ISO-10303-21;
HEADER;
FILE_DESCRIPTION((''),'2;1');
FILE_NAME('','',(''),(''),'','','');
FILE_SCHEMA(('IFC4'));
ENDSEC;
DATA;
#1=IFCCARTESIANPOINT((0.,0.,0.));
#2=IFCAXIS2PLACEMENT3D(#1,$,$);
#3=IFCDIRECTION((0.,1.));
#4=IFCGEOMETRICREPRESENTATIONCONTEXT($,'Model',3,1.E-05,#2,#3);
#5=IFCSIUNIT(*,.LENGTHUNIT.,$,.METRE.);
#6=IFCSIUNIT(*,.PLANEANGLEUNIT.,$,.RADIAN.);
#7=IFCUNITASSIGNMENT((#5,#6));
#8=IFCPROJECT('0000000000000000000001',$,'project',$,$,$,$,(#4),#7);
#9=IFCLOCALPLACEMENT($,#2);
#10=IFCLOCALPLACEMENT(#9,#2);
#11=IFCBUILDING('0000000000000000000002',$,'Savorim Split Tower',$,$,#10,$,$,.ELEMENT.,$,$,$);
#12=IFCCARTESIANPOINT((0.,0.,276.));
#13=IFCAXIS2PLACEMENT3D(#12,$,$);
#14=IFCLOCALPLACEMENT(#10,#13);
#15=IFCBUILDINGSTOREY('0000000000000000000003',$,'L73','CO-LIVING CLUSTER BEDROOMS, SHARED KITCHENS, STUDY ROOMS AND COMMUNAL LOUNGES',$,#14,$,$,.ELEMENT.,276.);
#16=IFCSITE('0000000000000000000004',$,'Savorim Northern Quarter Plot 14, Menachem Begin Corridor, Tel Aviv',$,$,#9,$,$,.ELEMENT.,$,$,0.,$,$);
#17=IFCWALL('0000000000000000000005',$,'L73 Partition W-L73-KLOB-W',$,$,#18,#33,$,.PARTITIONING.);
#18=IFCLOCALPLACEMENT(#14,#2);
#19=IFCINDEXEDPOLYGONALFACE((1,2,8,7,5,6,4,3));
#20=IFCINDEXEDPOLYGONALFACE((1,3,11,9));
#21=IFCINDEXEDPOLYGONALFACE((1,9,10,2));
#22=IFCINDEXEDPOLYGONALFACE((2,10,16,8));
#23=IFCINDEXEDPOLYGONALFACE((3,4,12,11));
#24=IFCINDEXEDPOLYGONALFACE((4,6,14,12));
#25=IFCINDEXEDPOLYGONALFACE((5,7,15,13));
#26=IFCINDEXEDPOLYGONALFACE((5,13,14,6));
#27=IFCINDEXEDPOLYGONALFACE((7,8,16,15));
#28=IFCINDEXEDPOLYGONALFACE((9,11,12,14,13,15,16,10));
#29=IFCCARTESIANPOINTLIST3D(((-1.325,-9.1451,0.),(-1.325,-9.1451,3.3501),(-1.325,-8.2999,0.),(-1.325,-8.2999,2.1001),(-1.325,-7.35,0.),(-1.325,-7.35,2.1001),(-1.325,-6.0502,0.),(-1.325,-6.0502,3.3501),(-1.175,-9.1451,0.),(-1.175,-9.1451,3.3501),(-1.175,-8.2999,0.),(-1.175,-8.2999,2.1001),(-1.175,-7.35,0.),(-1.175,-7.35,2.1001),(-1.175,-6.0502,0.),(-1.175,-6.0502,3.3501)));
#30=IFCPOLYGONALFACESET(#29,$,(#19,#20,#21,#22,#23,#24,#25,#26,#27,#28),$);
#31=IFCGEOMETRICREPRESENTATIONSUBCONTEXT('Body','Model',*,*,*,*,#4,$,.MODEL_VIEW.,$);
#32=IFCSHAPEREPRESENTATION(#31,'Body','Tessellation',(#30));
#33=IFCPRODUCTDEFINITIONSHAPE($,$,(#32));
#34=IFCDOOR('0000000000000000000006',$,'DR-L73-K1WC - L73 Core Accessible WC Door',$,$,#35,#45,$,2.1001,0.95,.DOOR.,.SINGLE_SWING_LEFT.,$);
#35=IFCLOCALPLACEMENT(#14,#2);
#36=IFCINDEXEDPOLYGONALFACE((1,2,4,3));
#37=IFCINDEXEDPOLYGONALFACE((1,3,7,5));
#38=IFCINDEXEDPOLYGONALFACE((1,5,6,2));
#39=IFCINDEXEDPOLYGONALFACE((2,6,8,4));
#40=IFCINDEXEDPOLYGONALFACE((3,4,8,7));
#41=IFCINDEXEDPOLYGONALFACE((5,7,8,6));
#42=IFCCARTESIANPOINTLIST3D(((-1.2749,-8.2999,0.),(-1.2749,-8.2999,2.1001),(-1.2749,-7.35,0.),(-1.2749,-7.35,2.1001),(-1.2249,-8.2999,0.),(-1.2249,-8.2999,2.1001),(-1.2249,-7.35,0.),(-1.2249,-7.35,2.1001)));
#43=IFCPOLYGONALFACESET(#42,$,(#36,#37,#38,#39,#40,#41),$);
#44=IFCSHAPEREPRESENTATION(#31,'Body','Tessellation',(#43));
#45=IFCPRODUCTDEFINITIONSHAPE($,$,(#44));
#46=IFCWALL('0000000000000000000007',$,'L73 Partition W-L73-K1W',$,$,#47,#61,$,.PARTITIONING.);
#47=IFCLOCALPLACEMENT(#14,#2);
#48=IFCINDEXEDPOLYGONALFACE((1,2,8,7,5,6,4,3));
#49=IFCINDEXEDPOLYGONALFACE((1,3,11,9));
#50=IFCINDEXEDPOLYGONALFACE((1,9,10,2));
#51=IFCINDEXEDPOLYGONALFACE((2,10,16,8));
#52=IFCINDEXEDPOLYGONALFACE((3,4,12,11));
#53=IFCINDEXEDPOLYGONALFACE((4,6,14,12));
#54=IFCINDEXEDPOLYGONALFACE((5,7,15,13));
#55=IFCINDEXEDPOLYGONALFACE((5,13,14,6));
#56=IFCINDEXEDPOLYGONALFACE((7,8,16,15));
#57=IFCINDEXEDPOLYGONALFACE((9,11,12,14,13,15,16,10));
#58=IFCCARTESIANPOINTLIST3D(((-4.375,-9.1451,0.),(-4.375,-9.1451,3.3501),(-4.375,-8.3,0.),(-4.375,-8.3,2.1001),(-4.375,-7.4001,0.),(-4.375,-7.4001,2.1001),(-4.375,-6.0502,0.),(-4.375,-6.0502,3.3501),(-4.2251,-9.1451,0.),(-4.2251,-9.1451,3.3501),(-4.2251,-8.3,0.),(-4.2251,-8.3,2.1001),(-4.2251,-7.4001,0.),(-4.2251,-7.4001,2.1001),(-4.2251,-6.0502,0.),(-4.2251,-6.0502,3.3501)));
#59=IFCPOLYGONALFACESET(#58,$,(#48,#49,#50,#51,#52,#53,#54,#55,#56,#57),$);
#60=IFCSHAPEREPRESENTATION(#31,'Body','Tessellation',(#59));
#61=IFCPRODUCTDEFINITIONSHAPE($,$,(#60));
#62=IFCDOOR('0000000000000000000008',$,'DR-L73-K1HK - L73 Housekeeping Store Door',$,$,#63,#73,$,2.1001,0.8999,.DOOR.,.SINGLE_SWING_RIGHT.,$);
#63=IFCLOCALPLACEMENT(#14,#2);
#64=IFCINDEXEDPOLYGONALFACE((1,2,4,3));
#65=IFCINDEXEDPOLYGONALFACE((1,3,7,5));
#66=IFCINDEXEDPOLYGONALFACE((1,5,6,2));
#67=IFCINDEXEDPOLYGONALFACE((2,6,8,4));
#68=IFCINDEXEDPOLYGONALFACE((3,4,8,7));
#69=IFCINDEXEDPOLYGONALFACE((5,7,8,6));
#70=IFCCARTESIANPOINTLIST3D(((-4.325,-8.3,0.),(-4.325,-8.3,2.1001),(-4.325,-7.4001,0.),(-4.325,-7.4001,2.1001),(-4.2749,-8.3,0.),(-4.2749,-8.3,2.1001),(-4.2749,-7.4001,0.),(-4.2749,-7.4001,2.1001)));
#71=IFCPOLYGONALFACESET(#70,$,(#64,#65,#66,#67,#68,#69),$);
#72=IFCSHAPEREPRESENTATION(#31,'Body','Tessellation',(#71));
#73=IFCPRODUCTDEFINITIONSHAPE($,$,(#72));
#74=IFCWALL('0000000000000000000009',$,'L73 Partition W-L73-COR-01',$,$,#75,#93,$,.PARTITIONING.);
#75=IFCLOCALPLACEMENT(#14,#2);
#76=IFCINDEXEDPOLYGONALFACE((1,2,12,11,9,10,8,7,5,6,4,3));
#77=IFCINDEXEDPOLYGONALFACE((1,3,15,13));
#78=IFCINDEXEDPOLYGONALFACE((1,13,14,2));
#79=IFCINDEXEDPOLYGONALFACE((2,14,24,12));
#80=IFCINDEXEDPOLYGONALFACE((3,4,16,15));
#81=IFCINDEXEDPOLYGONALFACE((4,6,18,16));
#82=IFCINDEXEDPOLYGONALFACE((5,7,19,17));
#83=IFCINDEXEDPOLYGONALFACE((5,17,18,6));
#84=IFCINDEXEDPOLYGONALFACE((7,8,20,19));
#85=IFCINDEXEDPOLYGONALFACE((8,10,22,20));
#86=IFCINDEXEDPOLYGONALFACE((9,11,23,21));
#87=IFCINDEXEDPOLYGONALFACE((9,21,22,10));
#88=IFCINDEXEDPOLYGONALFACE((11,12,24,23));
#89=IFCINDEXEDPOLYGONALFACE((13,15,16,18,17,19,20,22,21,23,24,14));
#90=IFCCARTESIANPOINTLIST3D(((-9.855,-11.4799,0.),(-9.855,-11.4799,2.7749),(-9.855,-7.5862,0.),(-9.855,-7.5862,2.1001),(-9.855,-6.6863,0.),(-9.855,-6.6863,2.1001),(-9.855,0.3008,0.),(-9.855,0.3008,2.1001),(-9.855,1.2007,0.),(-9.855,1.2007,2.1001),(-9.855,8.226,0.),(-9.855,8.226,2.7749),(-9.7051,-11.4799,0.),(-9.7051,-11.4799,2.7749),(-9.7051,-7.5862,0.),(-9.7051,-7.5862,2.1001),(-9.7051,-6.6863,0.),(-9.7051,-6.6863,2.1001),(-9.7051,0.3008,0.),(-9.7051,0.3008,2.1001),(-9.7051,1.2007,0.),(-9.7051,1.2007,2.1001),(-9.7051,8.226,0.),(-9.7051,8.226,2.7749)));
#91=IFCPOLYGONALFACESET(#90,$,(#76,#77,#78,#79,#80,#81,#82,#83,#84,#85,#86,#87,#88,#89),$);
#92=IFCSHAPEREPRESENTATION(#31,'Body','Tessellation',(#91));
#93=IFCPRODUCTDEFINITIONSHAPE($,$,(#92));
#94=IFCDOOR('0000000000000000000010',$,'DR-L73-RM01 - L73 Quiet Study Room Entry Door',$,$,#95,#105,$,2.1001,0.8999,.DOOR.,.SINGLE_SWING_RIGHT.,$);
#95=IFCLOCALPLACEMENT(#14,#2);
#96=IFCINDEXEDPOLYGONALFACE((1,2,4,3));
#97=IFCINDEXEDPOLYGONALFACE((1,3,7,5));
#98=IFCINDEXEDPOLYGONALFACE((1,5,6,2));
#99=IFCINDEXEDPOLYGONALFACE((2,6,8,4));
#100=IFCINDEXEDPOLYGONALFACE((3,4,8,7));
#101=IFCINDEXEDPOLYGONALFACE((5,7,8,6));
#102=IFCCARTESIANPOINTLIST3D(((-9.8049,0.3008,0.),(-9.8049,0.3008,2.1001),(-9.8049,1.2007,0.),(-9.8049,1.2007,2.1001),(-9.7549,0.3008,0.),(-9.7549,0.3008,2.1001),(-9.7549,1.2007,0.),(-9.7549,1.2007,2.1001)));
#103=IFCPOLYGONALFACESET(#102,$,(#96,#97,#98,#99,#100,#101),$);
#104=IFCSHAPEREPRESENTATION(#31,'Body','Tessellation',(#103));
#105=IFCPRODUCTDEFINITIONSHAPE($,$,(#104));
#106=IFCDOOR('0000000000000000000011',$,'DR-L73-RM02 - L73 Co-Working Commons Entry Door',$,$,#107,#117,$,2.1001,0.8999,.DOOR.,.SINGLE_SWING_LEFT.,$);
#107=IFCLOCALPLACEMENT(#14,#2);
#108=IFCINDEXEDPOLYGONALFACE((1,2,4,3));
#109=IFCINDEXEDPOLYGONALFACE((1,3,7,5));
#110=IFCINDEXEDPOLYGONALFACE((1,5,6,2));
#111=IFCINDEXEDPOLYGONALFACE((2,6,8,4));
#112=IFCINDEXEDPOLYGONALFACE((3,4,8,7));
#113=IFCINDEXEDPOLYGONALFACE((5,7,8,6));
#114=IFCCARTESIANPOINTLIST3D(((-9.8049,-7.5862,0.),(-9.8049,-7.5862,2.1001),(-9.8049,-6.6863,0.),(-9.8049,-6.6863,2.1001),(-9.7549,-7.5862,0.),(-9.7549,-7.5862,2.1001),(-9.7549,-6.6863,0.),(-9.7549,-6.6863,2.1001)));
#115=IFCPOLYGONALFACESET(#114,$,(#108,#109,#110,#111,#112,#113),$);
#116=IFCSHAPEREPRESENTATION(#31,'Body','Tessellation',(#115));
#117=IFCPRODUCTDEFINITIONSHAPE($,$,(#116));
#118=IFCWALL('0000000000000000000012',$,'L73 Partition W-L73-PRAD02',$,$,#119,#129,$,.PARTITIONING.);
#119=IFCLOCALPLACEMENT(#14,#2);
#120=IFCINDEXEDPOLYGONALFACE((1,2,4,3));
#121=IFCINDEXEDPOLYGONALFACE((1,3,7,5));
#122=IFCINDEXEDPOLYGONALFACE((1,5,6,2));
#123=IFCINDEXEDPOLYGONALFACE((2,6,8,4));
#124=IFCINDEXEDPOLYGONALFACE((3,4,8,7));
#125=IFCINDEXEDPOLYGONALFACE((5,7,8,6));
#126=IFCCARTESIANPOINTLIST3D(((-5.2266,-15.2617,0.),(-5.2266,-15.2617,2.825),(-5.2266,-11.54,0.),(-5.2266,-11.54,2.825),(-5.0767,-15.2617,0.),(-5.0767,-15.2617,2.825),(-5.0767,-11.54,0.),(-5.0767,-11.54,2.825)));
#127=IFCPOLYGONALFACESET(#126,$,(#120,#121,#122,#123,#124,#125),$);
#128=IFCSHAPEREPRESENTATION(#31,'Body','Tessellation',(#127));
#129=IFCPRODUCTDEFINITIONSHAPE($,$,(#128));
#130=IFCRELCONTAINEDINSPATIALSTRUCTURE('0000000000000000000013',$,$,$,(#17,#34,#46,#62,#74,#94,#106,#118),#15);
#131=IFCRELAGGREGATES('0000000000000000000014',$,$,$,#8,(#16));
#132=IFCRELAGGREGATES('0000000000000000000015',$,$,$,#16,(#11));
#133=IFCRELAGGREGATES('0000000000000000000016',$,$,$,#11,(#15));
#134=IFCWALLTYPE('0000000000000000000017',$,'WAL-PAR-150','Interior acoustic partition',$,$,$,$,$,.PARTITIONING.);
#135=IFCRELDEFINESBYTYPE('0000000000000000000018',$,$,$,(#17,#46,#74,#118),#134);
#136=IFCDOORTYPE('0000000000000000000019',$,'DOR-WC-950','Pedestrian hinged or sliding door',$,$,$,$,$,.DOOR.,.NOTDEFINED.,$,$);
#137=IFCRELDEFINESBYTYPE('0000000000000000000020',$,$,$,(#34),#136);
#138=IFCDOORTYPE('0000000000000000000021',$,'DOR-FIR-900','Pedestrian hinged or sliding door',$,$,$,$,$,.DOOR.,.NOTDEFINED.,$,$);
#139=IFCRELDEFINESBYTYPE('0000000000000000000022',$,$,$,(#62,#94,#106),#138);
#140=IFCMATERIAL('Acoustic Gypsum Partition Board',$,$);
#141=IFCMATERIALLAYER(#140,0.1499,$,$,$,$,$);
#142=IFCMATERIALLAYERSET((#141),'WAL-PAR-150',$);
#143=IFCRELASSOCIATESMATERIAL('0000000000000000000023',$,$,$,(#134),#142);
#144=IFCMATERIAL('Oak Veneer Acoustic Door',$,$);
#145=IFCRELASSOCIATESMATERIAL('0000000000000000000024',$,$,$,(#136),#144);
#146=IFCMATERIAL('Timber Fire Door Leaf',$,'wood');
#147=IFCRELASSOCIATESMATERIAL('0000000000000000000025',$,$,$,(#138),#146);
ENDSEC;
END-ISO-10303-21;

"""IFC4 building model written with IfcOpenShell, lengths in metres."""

from ifc_helpers import new_model, si_unit, direction, frame, frame_2d, origin, place, context, subcontext, project, spatial, rectangle, extrude, material, layer, layer_set, type_object, element, fill, save


model = new_model("IFC4")

# Units and contexts
model_context = context("Model", 3, precision=1e-05, world=origin(), true_north=direction((0.0, 1.0)))
body_context = subcontext(model_context, "Body", "Model", "MODEL_VIEW")
ifc_project = project(units=[si_unit("LENGTHUNIT", "METRE"), si_unit("PLANEANGLEUNIT", "RADIAN")], contexts=[model_context])

# Site, building, storey
site_placement = place(None, origin())
site = spatial("IfcSite", under=ifc_project, at=site_placement, Name="Savorim Northern Quarter Plot 14, Menachem Begin Corridor, Tel Aviv", CompositionType="ELEMENT", RefElevation=0.0)
building_placement = place(site_placement, origin())
building = spatial("IfcBuilding", under=site, at=building_placement, Name="Savorim Split Tower", CompositionType="ELEMENT")
storey_placement = place(building_placement, frame((0.0, 0.0, 276.0)))
storey = spatial("IfcBuildingStorey", under=building, at=storey_placement, Name="L73", Description="CO-LIVING CLUSTER BEDROOMS, SHARED KITCHENS, STUDY ROOMS AND COMMUNAL LOUNGES", CompositionType="ELEMENT", Elevation=276.0)

# Shared definitions
ifc_material_1 = material(Name="Timber Fire Door Leaf", Category="wood")

# Walls, openings, doors
ifc_material_2 = material(Name="Acoustic Gypsum Partition Board")
ifc_layer_1 = layer(ifc_material_2, 0.1499)
ifc_layer_set_1 = layer_set([ifc_layer_1], Name="WAL-PAR-150")
wall_type_1 = type_object("IfcWallType", Name="WAL-PAR-150", Description="Interior acoustic partition", PredefinedType="PARTITIONING", material=ifc_layer_set_1)
wall_1_placement = place(storey_placement, frame((-1.25, -9.145, 0.0), z_axis=(0.0, 0.0, 1.0), x_axis=(0.0, 1.0, 0.0)))
wall_1 = element("IfcWall", 1, at=wall_1_placement, inside=storey, type_object=wall_type_1, Name="L73 Partition W-L73-KLOB-W", PredefinedType="PARTITIONING", context=body_context, shape_type="SweptSolid", body=[
    extrude(rectangle(XDim=3.095, YDim=0.1499, at=frame_2d((1.5474, 0.0))), origin(), (0.0, 0.0, 1.0), 3.3501),
])
opening_1_placement = place(wall_1_placement, frame((0.845, 0.0, 0.0)))
opening_1 = element("IfcOpeningElement", 2, at=opening_1_placement, cuts=wall_1, PredefinedType="OPENING", context=body_context, shape_type="SweptSolid", body=[
    extrude(rectangle(XDim=0.95, YDim=2.1001, at=frame_2d((0.4751, 1.05))), frame((0.0, 0.085, 0.0), z_axis=(0.0, -1.0, 0.0), x_axis=(1.0, 0.0, 0.0)), (0.0, 0.0, 1.0), 0.1699),
])
ifc_material_3 = material(Name="Oak Veneer Acoustic Door")
door_type_1 = type_object("IfcDoorType", Name="DOR-WC-950", Description="Pedestrian hinged or sliding door", OperationType="NOTDEFINED", PredefinedType="DOOR", material=ifc_material_3)
door_1_placement = place(opening_1_placement, origin())
door_1 = element("IfcDoor", 3, at=door_1_placement, inside=storey, type_object=door_type_1, Name="DR-L73-K1WC - L73 Core Accessible WC Door", OperationType="SINGLE_SWING_LEFT", OverallHeight=2.1001, OverallWidth=0.95, PredefinedType="DOOR", context=body_context, shape_type="SweptSolid", body=[
    extrude(rectangle(XDim=0.95, YDim=2.1001, at=frame_2d((0.4751, 1.05))), frame((0.0, 0.0249, 0.0), z_axis=(0.0, -1.0, 0.0), x_axis=(1.0, 0.0, 0.0)), (0.0, 0.0, 1.0), 0.05),
])
fill(opening_1, door_1)
wall_2_placement = place(storey_placement, frame((-4.3, -9.145, 0.0), z_axis=(0.0, 0.0, 1.0), x_axis=(0.0, 1.0, 0.0)))
wall_2 = element("IfcWall", 4, at=wall_2_placement, inside=storey, type_object=wall_type_1, Name="L73 Partition W-L73-K1W", PredefinedType="PARTITIONING", context=body_context, shape_type="SweptSolid", body=[
    extrude(rectangle(XDim=3.095, YDim=0.1499, at=frame_2d((1.5474, 0.0))), origin(), (0.0, 0.0, 1.0), 3.3501),
])
opening_2_placement = place(wall_2_placement, frame((0.845, 0.0, 0.0)))
opening_2 = element("IfcOpeningElement", 5, at=opening_2_placement, cuts=wall_2, PredefinedType="OPENING", context=body_context, shape_type="SweptSolid", body=[
    extrude(rectangle(XDim=0.8999, YDim=2.1001, at=frame_2d((0.45, 1.05))), frame((0.0, 0.085, 0.0), z_axis=(0.0, -1.0, 0.0), x_axis=(1.0, 0.0, 0.0)), (0.0, 0.0, 1.0), 0.1699),
])
door_type_2 = type_object("IfcDoorType", Name="DOR-FIR-900", Description="Pedestrian hinged or sliding door", OperationType="NOTDEFINED", PredefinedType="DOOR", material=ifc_material_1)
door_2_placement = place(opening_2_placement, origin())
door_2 = element("IfcDoor", 6, at=door_2_placement, inside=storey, type_object=door_type_2, Name="DR-L73-K1HK - L73 Housekeeping Store Door", OperationType="SINGLE_SWING_RIGHT", OverallHeight=2.1001, OverallWidth=0.8999, PredefinedType="DOOR", context=body_context, shape_type="SweptSolid", body=[
    extrude(rectangle(XDim=0.8999, YDim=2.1001, at=frame_2d((0.45, 1.05))), frame((0.0, 0.0249, 0.0), z_axis=(0.0, -1.0, 0.0), x_axis=(1.0, 0.0, 0.0)), (0.0, 0.0, 1.0), 0.05),
])
fill(opening_2, door_2)

# Wall, openings, doors
wall_3_placement = place(storey_placement, frame((-9.78, -11.48, 0.0), z_axis=(0.0, 0.0, 1.0), x_axis=(0.0, 1.0, 0.0)))
wall_3 = element("IfcWall", 7, at=wall_3_placement, inside=storey, type_object=wall_type_1, Name="L73 Partition W-L73-COR-01", PredefinedType="PARTITIONING", context=body_context, shape_type="SweptSolid", body=[
    extrude(rectangle(XDim=19.7058, YDim=0.1499, at=frame_2d((9.853, 0.0))), origin(), (0.0, 0.0, 1.0), 2.7749),
])
opening_3_placement = place(wall_3_placement, frame((11.7808, 0.0, 0.0)))
opening_3 = element("IfcOpeningElement", 8, at=opening_3_placement, cuts=wall_3, PredefinedType="OPENING", context=body_context, shape_type="SweptSolid", body=[
    extrude(rectangle(XDim=0.8999, YDim=2.1001, at=frame_2d((0.45, 1.05))), frame((0.0, 0.085, 0.0), z_axis=(0.0, -1.0, 0.0), x_axis=(1.0, 0.0, 0.0)), (0.0, 0.0, 1.0), 0.1699),
])
opening_4_placement = place(wall_3_placement, frame((3.8938, 0.0, 0.0)))
opening_4 = element("IfcOpeningElement", 9, at=opening_4_placement, cuts=wall_3, PredefinedType="OPENING", context=body_context, shape_type="SweptSolid", body=[
    extrude(rectangle(XDim=0.8999, YDim=2.1001, at=frame_2d((0.45, 1.05))), frame((0.0, 0.085, 0.0), z_axis=(0.0, -1.0, 0.0), x_axis=(1.0, 0.0, 0.0)), (0.0, 0.0, 1.0), 0.1699),
])
door_3_placement = place(opening_3_placement, origin())
door_3 = element("IfcDoor", 10, at=door_3_placement, inside=storey, type_object=door_type_2, Name="DR-L73-RM01 - L73 Quiet Study Room Entry Door", OperationType="SINGLE_SWING_RIGHT", OverallHeight=2.1001, OverallWidth=0.8999, PredefinedType="DOOR", context=body_context, shape_type="SweptSolid", body=[
    extrude(rectangle(XDim=0.8999, YDim=2.1001, at=frame_2d((0.45, 1.05))), frame((0.0, 0.0249, 0.0), z_axis=(0.0, -1.0, 0.0), x_axis=(1.0, 0.0, 0.0)), (0.0, 0.0, 1.0), 0.05),
])
fill(opening_3, door_3)
door_4_placement = place(opening_4_placement, origin())
door_4 = element("IfcDoor", 11, at=door_4_placement, inside=storey, type_object=door_type_2, Name="DR-L73-RM02 - L73 Co-Working Commons Entry Door", OperationType="SINGLE_SWING_LEFT", OverallHeight=2.1001, OverallWidth=0.8999, PredefinedType="DOOR", context=body_context, shape_type="SweptSolid", body=[
    extrude(rectangle(XDim=0.8999, YDim=2.1001, at=frame_2d((0.45, 1.05))), frame((0.0, 0.0249, 0.0), z_axis=(0.0, -1.0, 0.0), x_axis=(1.0, 0.0, 0.0)), (0.0, 0.0, 1.0), 0.05),
])
fill(opening_4, door_4)

# Wall
wall_4_placement = place(storey_placement, frame((-5.1516, -11.54, 0.0), z_axis=(0.0, 0.0, 1.0), x_axis=(0.0, -1.0, 0.0)))
element("IfcWall", 12, at=wall_4_placement, inside=storey, type_object=wall_type_1, Name="L73 Partition W-L73-PRAD02", PredefinedType="PARTITIONING", context=body_context, shape_type="SweptSolid", body=[
    extrude(rectangle(XDim=3.7217, YDim=0.1499, at=frame_2d((1.8608, 0.0))), origin(), (0.0, 0.0, 1.0), 2.825),
])

save(model, "model.ifc")
